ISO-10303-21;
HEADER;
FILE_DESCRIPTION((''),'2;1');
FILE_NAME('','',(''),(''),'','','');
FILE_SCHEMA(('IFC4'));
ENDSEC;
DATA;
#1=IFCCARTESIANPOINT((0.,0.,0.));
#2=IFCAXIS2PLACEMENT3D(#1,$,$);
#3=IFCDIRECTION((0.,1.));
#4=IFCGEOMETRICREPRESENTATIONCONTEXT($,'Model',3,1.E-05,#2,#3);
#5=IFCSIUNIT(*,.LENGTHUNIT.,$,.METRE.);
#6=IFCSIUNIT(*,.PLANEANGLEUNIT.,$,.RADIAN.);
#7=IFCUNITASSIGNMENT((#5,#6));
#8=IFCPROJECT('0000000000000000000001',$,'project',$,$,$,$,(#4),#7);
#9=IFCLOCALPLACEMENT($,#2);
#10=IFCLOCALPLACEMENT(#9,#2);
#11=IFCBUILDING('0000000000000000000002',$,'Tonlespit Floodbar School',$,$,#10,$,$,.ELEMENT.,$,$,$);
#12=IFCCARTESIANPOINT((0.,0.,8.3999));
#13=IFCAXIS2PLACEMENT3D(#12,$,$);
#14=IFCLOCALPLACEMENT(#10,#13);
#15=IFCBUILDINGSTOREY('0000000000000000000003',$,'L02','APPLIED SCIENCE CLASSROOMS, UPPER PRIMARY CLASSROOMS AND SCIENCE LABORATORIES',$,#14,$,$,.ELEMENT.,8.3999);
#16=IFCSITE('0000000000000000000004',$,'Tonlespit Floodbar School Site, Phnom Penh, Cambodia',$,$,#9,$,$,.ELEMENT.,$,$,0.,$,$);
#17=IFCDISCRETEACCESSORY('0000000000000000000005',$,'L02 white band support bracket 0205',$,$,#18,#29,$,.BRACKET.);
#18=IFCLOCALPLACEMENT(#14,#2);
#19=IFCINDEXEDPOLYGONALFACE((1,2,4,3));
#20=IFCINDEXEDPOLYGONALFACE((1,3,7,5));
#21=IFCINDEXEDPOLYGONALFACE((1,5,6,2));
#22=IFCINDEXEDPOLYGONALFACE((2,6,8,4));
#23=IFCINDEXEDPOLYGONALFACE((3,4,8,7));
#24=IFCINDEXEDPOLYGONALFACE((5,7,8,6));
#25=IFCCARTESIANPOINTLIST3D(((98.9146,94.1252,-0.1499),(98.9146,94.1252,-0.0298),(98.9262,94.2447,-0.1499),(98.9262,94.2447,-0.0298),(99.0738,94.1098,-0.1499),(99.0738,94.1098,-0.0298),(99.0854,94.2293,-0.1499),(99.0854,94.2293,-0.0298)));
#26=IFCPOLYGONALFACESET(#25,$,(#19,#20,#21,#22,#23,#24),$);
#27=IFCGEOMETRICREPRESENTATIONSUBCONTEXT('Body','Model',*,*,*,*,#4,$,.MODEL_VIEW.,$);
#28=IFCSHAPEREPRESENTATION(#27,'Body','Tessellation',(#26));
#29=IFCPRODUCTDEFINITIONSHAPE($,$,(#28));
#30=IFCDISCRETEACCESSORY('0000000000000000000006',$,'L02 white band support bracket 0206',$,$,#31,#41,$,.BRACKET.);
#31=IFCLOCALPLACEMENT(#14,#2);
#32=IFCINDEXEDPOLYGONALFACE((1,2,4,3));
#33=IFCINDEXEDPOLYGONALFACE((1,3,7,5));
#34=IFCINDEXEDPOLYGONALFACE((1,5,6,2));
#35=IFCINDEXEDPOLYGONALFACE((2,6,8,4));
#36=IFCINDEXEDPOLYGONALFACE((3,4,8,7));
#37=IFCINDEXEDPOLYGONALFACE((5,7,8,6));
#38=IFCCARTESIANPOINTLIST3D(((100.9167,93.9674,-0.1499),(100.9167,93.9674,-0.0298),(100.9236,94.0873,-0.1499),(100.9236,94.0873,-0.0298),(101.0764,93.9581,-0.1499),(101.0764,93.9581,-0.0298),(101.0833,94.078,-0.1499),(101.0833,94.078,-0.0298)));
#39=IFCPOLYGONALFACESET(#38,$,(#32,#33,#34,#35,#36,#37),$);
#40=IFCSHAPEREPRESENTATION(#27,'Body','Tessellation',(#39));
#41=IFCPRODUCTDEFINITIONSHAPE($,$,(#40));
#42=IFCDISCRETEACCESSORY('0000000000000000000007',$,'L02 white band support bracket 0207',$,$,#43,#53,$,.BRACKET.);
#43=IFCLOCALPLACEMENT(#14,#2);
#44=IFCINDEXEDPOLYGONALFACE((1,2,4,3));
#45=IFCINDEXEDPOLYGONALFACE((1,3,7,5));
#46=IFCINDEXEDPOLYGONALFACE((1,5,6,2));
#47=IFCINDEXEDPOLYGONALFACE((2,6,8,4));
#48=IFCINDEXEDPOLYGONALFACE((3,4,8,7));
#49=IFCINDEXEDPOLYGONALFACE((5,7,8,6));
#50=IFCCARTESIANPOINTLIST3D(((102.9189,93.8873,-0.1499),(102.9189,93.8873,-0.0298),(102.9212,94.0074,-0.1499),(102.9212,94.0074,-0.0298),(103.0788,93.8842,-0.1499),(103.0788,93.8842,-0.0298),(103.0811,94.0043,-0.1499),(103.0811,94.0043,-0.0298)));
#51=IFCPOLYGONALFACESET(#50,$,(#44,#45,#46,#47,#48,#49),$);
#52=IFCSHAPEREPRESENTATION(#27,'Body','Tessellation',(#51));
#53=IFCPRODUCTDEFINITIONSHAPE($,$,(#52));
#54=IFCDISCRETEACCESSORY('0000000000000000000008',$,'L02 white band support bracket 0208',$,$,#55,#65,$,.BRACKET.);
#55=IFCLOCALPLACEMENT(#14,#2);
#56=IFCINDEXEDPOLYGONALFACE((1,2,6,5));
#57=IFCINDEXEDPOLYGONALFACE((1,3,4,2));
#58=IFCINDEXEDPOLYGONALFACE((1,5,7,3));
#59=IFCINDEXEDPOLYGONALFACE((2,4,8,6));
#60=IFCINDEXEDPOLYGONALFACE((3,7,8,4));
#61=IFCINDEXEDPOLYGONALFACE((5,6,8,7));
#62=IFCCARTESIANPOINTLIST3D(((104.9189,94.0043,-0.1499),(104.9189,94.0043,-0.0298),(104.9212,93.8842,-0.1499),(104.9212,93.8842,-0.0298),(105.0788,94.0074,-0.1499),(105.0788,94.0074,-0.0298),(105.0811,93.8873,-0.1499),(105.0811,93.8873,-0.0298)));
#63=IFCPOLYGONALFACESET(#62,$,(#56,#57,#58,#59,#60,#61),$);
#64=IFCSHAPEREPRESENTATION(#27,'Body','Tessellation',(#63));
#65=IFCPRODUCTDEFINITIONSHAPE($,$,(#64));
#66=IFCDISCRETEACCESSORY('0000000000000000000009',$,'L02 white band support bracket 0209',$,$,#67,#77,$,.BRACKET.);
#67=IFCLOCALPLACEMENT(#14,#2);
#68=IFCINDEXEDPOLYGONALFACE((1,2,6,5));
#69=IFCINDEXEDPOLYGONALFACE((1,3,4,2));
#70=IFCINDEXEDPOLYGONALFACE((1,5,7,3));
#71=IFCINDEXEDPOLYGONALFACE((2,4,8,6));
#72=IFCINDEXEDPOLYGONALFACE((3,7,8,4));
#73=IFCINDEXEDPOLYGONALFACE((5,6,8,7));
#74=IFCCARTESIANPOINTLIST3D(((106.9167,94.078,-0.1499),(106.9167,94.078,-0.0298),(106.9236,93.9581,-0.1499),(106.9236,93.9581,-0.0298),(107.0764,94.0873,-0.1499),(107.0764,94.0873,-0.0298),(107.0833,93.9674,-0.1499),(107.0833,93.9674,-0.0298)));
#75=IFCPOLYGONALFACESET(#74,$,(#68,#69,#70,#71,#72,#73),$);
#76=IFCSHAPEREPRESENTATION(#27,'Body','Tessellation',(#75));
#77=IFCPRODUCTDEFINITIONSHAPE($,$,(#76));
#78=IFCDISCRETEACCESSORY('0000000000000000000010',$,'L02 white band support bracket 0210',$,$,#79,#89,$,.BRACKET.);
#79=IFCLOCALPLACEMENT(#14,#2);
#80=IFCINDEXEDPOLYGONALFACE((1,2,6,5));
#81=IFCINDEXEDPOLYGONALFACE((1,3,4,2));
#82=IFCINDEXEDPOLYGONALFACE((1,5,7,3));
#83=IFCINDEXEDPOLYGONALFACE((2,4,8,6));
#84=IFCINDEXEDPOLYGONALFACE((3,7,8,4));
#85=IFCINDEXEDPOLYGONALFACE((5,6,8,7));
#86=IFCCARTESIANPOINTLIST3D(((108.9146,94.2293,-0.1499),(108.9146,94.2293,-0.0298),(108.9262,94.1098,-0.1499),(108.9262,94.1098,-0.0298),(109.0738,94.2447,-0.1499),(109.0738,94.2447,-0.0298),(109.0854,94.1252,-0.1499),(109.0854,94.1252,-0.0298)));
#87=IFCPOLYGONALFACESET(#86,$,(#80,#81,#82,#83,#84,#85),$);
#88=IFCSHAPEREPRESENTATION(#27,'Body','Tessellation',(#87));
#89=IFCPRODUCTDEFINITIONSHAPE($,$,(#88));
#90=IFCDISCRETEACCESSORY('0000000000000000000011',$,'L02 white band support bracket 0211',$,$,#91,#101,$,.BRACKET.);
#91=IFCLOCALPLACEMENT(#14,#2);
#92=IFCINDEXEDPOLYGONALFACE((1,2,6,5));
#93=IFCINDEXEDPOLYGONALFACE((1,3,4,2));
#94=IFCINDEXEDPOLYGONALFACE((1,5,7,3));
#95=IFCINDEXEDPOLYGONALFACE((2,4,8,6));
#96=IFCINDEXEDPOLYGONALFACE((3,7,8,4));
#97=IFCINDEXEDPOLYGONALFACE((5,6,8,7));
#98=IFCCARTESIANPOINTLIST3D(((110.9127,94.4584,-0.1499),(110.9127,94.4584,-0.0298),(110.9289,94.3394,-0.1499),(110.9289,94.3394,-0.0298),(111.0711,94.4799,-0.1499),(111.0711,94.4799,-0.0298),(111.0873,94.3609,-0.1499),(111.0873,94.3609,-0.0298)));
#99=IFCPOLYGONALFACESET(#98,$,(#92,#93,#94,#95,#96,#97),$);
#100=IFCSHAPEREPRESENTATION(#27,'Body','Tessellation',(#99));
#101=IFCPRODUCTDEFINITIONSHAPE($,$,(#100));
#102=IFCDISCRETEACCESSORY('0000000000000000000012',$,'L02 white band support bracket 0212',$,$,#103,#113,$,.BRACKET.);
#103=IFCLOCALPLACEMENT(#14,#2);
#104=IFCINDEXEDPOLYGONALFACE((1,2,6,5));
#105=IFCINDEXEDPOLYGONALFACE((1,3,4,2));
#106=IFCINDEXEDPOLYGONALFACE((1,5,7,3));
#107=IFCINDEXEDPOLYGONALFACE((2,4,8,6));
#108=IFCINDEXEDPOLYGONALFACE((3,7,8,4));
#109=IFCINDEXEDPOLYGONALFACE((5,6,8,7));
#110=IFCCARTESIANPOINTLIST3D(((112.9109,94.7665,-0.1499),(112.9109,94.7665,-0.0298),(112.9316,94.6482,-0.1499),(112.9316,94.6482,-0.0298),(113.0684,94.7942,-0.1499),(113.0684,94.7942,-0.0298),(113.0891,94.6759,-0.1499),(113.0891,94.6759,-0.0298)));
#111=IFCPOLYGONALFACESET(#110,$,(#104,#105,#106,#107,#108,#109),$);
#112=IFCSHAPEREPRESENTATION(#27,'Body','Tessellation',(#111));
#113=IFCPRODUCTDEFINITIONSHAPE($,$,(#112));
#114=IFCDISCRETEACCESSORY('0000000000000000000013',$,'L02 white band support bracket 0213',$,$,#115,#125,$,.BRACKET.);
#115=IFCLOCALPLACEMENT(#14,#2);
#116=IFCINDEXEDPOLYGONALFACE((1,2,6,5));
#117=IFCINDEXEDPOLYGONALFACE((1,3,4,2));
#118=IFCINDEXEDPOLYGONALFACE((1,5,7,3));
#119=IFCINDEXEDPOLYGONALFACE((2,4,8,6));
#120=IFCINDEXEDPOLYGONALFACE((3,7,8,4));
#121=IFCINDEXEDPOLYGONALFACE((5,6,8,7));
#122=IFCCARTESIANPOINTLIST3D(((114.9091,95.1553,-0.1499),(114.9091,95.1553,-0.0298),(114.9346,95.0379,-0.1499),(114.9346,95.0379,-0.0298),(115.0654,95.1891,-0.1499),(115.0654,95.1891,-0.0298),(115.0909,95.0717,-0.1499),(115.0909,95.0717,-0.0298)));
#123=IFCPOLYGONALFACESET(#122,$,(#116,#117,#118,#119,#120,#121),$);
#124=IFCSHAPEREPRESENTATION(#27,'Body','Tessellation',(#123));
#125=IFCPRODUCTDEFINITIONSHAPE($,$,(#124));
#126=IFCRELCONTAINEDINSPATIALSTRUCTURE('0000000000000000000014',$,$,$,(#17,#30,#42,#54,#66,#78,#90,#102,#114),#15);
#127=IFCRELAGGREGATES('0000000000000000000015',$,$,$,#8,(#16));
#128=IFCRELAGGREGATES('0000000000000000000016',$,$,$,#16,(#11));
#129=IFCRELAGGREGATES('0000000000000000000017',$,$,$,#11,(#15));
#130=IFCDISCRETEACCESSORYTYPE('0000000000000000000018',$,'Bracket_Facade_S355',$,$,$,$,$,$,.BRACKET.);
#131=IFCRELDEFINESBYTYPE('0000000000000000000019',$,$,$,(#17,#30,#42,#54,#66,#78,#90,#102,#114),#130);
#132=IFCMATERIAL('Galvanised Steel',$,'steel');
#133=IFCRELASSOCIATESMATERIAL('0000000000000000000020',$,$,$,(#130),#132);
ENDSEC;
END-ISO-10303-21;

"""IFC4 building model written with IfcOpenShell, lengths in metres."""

from ifc_helpers import new_model, si_unit, direction, frame, origin, origin_2d, place, context, subcontext, project, spatial, rectangle, extrude, material, type_object, element, save


model = new_model("IFC4")

# Units and contexts
model_context = context("Model", 3, precision=1e-05, world=origin(), true_north=direction((0.0, 1.0)))
body_context = subcontext(model_context, "Body", "Model", "MODEL_VIEW")
ifc_project = project(units=[si_unit("LENGTHUNIT", "METRE"), si_unit("PLANEANGLEUNIT", "RADIAN")], contexts=[model_context])

# Site, building, storey
site_placement = place(None, origin())
site = spatial("IfcSite", under=ifc_project, at=site_placement, Name="Tonlespit Floodbar School Site, Phnom Penh, Cambodia", CompositionType="ELEMENT", RefElevation=0.0)
building_placement = place(site_placement, origin())
building = spatial("IfcBuilding", under=site, at=building_placement, Name="Tonlespit Floodbar School", CompositionType="ELEMENT")
storey_placement = place(building_placement, frame((0.0, 0.0, 8.3999)))
storey = spatial("IfcBuildingStorey", under=building, at=storey_placement, Name="L02", Description="APPLIED SCIENCE CLASSROOMS, UPPER PRIMARY CLASSROOMS AND SCIENCE LABORATORIES", CompositionType="ELEMENT", Elevation=8.3999)

# Discrete accessories
ifc_material_1 = material(Name="Galvanised Steel", Category="steel")
discrete_accessory_type = type_object("IfcDiscreteAccessoryType", Name="Bracket_Facade_S355", PredefinedType="BRACKET", material=ifc_material_1)
for number, where, z_axis, x_axis, name in (
    (1, (99.0, 94.1772, -0.1499), (0.0, 0.0, 1.0), (0.995362, -0.096202, 0.0), "L02 white band support bracket 0205"),
    (2, (101.0, 94.0227, -0.1499), (0.0, 0.0, 1.0), (0.998334, -0.057703, 0.0), "L02 white band support bracket 0206"),
    (3, (103.0, 93.9458, -0.1499), (0.0, 0.0, 1.0), (0.999815, -0.019246, 0.0), "L02 white band support bracket 0207"),
    (4, (105.0, 93.9458, -0.1499), (0.0, 0.0, 1.0), (0.999815, 0.019246, 0.0), "L02 white band support bracket 0208"),
    (5, (107.0, 94.0227, -0.1499), (0.0, 0.0, 1.0), (0.998334, 0.057703, 0.0), "L02 white band support bracket 0209"),
    (6, (109.0, 94.1772, -0.1499), (0.0, 0.0, 1.0), (0.995362, 0.096202, 0.0), "L02 white band support bracket 0210"),
    (7, (111.0, 94.4097, -0.1499), (0.0, 0.0, 1.0), (0.990898, 0.134614, 0.0), "L02 white band support bracket 0211"),
    (8, (113.0, 94.7212, -0.1499), (0.0, 0.0, 1.0), (0.984905, 0.173096, 0.0), "L02 white band support bracket 0212"),
    (9, (115.0, 95.1135, -0.1499), (0.0, 0.0, 1.0), (0.977357, 0.211598, 0.0), "L02 white band support bracket 0213"),
):
    element("IfcDiscreteAccessory", number, at=place(storey_placement, frame(where, z_axis=z_axis, x_axis=x_axis)), inside=storey, type_object=discrete_accessory_type, Name=name, PredefinedType="BRACKET", context=body_context, shape_type="SweptSolid", body=[
        extrude(rectangle(XDim=0.1599, YDim=0.1201, at=origin_2d()), origin(), (0.0, 0.0, 1.0), 0.1201),
    ])

save(model, "model.ifc")
